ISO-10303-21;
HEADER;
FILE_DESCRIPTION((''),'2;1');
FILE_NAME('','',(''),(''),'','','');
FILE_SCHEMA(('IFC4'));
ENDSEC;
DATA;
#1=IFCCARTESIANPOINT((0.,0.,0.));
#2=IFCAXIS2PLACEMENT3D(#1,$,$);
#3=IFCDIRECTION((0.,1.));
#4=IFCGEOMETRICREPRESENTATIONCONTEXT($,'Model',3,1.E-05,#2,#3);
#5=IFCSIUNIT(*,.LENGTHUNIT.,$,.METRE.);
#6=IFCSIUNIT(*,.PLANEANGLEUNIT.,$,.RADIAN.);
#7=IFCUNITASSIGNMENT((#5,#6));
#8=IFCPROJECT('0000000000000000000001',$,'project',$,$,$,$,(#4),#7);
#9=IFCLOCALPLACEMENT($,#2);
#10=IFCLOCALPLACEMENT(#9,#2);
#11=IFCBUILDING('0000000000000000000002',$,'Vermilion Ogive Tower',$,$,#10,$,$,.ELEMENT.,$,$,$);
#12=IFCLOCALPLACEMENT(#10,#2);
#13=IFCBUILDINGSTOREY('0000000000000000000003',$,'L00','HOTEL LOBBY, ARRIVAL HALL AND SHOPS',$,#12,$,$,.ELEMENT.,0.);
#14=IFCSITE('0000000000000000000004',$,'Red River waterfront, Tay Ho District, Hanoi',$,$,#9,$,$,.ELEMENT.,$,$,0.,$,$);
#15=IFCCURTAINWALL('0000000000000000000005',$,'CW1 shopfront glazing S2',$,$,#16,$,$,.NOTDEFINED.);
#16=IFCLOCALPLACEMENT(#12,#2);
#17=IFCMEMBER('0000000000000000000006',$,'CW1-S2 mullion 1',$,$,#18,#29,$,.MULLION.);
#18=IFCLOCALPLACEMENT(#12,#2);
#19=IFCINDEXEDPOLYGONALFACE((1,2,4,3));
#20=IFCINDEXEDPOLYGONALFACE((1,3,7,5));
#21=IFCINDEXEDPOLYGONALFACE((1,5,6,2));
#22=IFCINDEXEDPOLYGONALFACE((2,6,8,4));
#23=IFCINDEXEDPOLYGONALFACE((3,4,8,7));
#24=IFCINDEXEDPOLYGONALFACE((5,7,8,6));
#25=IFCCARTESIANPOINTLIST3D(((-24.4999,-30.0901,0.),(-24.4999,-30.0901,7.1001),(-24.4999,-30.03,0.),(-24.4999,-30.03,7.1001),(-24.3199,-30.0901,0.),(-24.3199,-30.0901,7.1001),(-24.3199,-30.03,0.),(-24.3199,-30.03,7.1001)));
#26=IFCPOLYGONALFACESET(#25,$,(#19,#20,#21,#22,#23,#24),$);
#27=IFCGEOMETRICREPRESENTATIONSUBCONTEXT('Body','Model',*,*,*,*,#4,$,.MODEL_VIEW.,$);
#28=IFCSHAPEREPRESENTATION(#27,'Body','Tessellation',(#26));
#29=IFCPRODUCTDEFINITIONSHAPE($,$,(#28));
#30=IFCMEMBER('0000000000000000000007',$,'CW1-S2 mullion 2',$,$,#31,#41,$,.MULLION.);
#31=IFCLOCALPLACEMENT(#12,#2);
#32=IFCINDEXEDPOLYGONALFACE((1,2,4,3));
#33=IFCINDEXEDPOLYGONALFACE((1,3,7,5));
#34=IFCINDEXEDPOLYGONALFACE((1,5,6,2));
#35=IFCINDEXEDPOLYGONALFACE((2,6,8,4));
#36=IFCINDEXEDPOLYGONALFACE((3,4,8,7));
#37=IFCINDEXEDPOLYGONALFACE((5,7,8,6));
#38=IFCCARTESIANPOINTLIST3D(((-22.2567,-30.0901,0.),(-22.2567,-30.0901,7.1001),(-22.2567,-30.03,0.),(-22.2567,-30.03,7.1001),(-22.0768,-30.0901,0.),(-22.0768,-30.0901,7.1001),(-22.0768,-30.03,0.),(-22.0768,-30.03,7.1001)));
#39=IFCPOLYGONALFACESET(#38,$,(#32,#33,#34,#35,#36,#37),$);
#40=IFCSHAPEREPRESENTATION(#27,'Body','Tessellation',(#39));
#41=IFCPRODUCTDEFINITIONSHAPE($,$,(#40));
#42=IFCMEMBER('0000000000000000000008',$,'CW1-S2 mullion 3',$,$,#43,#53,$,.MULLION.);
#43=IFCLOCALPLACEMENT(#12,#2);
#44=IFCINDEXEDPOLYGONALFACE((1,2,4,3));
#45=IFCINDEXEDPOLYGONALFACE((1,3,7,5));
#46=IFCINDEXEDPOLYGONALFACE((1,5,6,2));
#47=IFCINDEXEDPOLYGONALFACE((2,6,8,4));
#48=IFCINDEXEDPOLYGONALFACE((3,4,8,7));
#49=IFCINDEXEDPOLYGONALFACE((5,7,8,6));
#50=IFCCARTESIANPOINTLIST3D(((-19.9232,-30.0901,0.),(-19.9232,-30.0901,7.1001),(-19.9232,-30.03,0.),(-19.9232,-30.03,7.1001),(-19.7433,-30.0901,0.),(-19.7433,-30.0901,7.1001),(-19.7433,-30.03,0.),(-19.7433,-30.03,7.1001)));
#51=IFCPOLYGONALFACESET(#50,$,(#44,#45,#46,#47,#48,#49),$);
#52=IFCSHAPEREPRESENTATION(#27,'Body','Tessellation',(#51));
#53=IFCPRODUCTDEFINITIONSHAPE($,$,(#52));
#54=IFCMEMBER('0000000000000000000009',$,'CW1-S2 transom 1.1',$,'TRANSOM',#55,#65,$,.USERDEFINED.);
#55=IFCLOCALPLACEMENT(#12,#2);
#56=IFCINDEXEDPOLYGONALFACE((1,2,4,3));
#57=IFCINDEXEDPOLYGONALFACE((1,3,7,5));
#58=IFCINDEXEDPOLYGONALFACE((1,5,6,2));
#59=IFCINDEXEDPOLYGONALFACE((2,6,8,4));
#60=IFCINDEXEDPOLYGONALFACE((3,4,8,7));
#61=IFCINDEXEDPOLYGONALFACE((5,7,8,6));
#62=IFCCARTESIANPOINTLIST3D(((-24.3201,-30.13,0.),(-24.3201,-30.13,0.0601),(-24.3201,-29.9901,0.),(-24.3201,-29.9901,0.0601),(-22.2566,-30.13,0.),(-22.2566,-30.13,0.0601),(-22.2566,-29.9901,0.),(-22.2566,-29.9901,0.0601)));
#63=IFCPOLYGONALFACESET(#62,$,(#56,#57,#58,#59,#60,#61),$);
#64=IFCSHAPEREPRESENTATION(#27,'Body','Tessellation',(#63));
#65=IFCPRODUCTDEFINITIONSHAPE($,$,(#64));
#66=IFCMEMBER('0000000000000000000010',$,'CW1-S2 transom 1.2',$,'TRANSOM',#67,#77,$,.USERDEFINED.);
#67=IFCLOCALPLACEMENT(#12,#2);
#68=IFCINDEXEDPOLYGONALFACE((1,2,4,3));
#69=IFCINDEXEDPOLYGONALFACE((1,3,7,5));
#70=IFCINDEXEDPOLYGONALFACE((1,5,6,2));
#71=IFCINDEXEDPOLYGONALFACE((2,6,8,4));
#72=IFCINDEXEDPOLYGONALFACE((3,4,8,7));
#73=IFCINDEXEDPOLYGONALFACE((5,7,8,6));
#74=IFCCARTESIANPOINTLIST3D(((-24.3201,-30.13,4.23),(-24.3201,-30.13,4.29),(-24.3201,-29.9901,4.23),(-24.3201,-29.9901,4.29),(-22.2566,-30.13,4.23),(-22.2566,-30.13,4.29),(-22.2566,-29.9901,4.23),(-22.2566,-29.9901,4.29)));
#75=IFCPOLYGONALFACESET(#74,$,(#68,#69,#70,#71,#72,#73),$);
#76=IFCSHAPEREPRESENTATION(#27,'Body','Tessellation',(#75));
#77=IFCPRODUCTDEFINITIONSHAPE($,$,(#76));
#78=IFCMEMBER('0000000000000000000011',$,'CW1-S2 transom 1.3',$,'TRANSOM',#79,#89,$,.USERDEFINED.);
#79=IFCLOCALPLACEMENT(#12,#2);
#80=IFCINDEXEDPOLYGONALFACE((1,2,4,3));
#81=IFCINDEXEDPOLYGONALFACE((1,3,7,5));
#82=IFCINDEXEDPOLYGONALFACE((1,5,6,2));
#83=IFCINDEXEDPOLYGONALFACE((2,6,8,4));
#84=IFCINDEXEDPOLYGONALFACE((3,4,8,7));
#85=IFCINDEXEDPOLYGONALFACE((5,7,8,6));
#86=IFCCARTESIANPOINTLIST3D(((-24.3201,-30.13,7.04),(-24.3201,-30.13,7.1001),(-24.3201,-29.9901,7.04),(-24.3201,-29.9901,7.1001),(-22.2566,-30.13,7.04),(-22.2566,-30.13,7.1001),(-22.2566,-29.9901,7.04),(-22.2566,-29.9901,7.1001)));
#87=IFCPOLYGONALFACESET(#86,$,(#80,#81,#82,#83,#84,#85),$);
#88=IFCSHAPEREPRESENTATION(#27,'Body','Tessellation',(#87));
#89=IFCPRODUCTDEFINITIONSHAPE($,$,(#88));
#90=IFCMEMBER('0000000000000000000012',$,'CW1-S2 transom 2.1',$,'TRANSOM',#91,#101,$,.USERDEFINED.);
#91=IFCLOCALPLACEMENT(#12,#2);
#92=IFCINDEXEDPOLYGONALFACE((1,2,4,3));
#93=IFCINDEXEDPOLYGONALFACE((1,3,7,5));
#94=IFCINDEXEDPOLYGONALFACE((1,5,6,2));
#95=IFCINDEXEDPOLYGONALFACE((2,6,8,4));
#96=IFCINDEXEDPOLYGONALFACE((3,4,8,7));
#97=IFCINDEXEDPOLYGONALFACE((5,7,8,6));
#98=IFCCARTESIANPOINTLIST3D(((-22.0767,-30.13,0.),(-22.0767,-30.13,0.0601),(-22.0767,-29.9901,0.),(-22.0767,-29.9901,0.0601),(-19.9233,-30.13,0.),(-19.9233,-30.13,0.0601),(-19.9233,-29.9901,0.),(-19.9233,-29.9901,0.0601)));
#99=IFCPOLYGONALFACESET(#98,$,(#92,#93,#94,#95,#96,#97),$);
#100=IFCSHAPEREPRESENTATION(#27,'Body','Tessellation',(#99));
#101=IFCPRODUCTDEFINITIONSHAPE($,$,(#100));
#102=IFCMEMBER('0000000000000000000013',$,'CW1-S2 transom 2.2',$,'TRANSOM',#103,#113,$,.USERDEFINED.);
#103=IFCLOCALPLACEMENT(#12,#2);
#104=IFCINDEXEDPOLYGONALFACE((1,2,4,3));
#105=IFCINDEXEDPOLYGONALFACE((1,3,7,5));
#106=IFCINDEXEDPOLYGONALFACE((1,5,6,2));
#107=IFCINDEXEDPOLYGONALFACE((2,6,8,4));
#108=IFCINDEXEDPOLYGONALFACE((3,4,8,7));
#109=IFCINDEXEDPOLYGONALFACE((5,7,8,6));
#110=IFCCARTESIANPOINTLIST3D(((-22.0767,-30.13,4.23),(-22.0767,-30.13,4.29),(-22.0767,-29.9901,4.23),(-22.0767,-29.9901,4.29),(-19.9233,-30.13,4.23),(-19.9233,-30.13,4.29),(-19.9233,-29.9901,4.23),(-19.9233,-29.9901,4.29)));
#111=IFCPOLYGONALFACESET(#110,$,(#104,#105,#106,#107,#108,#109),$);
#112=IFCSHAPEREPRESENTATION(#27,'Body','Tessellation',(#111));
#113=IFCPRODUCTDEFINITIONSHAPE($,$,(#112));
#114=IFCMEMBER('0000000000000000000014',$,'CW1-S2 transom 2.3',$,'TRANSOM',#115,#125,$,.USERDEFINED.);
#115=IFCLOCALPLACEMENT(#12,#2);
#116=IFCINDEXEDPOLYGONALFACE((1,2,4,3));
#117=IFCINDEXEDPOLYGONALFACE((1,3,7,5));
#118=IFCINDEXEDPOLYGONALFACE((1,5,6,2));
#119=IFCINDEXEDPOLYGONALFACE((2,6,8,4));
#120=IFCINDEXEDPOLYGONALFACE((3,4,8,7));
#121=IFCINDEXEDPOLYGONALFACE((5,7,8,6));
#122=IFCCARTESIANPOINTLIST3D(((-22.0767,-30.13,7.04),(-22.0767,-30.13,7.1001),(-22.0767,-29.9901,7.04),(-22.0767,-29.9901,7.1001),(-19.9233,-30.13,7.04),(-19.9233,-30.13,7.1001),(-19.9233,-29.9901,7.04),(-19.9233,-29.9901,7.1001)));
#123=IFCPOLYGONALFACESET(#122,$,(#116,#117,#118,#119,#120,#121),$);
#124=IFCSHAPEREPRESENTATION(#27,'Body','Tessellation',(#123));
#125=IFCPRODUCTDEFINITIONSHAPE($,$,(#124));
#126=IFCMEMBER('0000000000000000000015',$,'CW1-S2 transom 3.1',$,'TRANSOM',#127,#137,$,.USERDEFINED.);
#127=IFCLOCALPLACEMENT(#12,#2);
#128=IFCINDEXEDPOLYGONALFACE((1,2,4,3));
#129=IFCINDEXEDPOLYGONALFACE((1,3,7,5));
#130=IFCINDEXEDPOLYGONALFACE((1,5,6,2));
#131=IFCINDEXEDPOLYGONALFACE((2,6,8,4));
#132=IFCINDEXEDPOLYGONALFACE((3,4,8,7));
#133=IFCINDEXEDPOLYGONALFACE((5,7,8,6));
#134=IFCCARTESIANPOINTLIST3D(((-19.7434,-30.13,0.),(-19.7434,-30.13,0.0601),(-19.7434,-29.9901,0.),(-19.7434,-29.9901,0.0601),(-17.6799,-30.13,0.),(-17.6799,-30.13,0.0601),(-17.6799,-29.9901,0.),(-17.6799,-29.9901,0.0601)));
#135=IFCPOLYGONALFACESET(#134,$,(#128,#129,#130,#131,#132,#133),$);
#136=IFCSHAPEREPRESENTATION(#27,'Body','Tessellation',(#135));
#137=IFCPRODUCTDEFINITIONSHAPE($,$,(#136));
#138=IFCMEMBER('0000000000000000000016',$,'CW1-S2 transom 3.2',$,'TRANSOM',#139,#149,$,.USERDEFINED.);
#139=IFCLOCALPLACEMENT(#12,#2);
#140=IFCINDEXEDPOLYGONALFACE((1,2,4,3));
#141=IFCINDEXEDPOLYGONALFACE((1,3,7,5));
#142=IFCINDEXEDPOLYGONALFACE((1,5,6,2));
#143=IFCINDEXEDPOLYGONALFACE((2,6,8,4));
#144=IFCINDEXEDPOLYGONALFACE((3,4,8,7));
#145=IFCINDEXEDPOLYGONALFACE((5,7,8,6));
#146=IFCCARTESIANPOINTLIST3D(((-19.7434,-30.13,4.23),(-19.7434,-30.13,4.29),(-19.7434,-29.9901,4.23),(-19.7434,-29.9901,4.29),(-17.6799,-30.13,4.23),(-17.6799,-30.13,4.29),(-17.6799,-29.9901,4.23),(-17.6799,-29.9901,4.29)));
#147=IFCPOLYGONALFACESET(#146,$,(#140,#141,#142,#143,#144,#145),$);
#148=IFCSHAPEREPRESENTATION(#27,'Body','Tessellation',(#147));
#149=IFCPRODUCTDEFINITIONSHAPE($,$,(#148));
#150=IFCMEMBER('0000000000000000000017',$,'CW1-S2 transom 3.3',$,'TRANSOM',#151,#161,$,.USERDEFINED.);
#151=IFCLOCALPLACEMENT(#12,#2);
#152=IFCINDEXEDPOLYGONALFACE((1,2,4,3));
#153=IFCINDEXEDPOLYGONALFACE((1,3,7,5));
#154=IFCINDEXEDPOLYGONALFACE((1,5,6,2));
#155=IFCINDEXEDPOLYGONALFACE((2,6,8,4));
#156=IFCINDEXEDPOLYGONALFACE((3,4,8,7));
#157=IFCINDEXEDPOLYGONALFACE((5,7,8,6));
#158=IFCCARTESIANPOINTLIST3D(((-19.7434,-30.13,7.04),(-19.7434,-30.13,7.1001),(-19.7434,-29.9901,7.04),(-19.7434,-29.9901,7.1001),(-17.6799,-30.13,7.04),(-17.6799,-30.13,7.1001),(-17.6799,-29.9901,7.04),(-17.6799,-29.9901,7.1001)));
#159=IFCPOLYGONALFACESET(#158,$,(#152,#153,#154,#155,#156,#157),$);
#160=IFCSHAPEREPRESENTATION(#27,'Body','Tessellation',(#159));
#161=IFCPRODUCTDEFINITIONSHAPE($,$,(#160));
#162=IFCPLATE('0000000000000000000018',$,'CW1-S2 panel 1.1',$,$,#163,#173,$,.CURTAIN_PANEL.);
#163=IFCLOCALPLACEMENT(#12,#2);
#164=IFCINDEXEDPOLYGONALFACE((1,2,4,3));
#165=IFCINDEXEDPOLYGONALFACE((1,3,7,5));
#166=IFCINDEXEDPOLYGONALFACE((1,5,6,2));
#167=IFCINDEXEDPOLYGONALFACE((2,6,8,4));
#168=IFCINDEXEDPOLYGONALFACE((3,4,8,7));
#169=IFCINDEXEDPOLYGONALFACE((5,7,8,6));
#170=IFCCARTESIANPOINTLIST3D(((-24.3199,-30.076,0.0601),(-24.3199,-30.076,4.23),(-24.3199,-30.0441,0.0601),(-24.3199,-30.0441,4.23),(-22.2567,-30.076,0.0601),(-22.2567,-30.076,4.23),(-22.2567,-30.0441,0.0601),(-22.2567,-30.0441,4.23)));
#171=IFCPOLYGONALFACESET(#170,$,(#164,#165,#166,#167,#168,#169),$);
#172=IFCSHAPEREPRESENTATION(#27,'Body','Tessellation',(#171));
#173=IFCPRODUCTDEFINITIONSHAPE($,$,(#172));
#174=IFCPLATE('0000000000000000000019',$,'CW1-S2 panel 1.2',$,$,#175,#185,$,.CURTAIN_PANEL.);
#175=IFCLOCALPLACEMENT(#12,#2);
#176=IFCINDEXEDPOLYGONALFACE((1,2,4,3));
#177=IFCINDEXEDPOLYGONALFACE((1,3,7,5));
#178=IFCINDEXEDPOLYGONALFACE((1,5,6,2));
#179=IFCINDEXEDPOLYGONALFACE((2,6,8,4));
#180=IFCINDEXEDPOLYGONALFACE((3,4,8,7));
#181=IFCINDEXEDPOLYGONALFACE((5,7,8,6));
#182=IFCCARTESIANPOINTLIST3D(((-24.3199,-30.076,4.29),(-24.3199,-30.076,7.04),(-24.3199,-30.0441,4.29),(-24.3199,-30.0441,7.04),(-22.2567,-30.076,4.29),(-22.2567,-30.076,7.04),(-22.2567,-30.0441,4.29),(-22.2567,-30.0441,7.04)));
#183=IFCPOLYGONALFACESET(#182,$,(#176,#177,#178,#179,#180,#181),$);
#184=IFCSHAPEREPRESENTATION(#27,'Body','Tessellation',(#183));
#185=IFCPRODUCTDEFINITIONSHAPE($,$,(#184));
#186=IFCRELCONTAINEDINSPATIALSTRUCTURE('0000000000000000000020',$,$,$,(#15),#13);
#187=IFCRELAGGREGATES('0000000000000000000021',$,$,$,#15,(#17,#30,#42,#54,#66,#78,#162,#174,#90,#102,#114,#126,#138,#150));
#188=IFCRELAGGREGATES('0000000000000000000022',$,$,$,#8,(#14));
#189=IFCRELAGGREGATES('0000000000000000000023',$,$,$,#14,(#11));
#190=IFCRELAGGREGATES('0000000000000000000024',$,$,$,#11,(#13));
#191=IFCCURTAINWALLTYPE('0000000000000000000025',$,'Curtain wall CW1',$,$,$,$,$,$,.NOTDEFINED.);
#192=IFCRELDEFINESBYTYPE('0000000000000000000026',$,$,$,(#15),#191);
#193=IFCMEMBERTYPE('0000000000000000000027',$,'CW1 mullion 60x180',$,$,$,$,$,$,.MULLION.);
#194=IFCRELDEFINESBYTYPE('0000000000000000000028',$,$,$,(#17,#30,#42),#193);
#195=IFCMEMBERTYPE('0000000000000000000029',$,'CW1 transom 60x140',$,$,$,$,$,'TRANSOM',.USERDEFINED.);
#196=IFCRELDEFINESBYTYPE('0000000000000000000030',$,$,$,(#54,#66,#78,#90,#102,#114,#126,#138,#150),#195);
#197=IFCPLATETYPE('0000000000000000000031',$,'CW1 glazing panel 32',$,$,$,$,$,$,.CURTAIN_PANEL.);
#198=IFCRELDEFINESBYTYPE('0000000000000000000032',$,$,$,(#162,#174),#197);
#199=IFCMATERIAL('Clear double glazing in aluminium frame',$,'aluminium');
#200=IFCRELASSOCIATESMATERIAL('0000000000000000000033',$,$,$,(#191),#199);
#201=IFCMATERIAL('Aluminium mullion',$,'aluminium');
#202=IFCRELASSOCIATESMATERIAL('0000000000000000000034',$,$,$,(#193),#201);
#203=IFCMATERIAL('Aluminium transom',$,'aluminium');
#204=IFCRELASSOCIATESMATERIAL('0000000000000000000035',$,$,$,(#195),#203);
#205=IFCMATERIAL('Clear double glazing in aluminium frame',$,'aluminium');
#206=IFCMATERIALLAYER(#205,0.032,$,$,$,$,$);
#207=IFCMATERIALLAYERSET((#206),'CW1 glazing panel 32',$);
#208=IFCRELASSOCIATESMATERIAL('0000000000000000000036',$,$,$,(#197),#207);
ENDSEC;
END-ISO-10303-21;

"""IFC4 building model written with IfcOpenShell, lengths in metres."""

from ifc_helpers import new_model, si_unit, direction, frame, origin, origin_2d, place, context, subcontext, project, spatial, rectangle, extrude, material, layer, layer_set, material_profile, profile_set, type_object, element, aggregate, save


model = new_model("IFC4")

# Units and contexts
model_context = context("Model", 3, precision=1e-05, world=origin(), true_north=direction((0.0, 1.0)))
body_context = subcontext(model_context, "Body", "Model", "MODEL_VIEW")
ifc_project = project(units=[si_unit("LENGTHUNIT", "METRE"), si_unit("PLANEANGLEUNIT", "RADIAN")], contexts=[model_context])

# Site, building, storey
site_placement = place(None, origin())
site = spatial("IfcSite", under=ifc_project, at=site_placement, Name="Red River waterfront, Tay Ho District, Hanoi", CompositionType="ELEMENT", RefElevation=0.0)
building_placement = place(site_placement, origin())
building = spatial("IfcBuilding", under=site, at=building_placement, Name="Vermilion Ogive Tower", CompositionType="ELEMENT")
storey_placement = place(building_placement, origin())
storey = spatial("IfcBuildingStorey", under=building, at=storey_placement, Name="L00", Description="HOTEL LOBBY, ARRIVAL HALL AND SHOPS", CompositionType="ELEMENT", Elevation=0.0)

# Curtain wall, members, plates
ifc_material_1 = material(Name="Clear double glazing in aluminium frame", Category="aluminium")
curtain_wall_type = type_object("IfcCurtainWallType", Name="Curtain wall CW1", PredefinedType="NOTDEFINED", material=ifc_material_1)
curtain_wall_placement = place(storey_placement, origin())
curtain_wall = element("IfcCurtainWall", 1, at=curtain_wall_placement, inside=storey, type_object=curtain_wall_type, Name="CW1 shopfront glazing S2", PredefinedType="NOTDEFINED")
ifc_material_2 = material(Name="Aluminium mullion", Category="aluminium")
ifc_material_profile_1 = material_profile(ifc_material_2, rectangle(XDim=0.0601, YDim=0.1799, at=origin_2d()), Name="AL 60x180")
ifc_profile_set_1 = profile_set([ifc_material_profile_1], Name="Aluminium mullion")
member_type_1 = type_object("IfcMemberType", Name="CW1 mullion 60x180", PredefinedType="MULLION", material=ifc_profile_set_1)
member_1_placement = place(storey_placement, frame((-24.4099, -30.0601, 0.0), z_axis=(0.0, 0.0, 1.0), x_axis=(0.0, 1.0, 0.0)))
member_1 = element("IfcMember", 2, at=member_1_placement, type_object=member_type_1, Name="CW1-S2 mullion 1", PredefinedType="MULLION", context=body_context, shape_type="SweptSolid", body=[
    extrude(rectangle(XDim=0.0601, YDim=0.1799, at=origin_2d()), origin(), (0.0, 0.0, 1.0), 7.1001),
])
member_2_placement = place(storey_placement, frame((-22.1667, -30.0601, 0.0), z_axis=(0.0, 0.0, 1.0), x_axis=(0.0, 1.0, 0.0)))
member_2 = element("IfcMember", 3, at=member_2_placement, type_object=member_type_1, Name="CW1-S2 mullion 2", PredefinedType="MULLION", context=body_context, shape_type="SweptSolid", body=[
    extrude(rectangle(XDim=0.0601, YDim=0.1799, at=origin_2d()), origin(), (0.0, 0.0, 1.0), 7.1001),
])
member_3_placement = place(storey_placement, frame((-19.8333, -30.0601, 0.0), z_axis=(0.0, 0.0, 1.0), x_axis=(0.0, 1.0, 0.0)))
member_3 = element("IfcMember", 4, at=member_3_placement, type_object=member_type_1, Name="CW1-S2 mullion 3", PredefinedType="MULLION", context=body_context, shape_type="SweptSolid", body=[
    extrude(rectangle(XDim=0.0601, YDim=0.1799, at=origin_2d()), origin(), (0.0, 0.0, 1.0), 7.1001),
])
ifc_material_3 = material(Name="Aluminium transom", Category="aluminium")
ifc_material_profile_2 = material_profile(ifc_material_3, rectangle(XDim=0.1399, YDim=0.0601, at=origin_2d()), Name="AL 60x140")
ifc_profile_set_2 = profile_set([ifc_material_profile_2], Name="Aluminium transom")
member_type_2 = type_object("IfcMemberType", Name="CW1 transom 60x140", ElementType="TRANSOM", PredefinedType="USERDEFINED", material=ifc_profile_set_2)
member_4_placement = place(storey_placement, frame((-24.3201, -30.0601, 0.03), z_axis=(1.0, 0.0, 0.0), x_axis=(0.0, 1.0, 0.0)))
member_4 = element("IfcMember", 5, at=member_4_placement, type_object=member_type_2, Name="CW1-S2 transom 1.1", ObjectType="TRANSOM", PredefinedType="USERDEFINED", context=body_context, shape_type="SweptSolid", body=[
    extrude(rectangle(XDim=0.1399, YDim=0.0601, at=origin_2d()), origin(), (0.0, 0.0, 1.0), 2.0635),
])
member_5_placement = place(storey_placement, frame((-24.3201, -30.0601, 4.26), z_axis=(1.0, 0.0, 0.0), x_axis=(0.0, 1.0, 0.0)))
member_5 = element("IfcMember", 6, at=member_5_placement, type_object=member_type_2, Name="CW1-S2 transom 1.2", ObjectType="TRANSOM", PredefinedType="USERDEFINED", context=body_context, shape_type="SweptSolid", body=[
    extrude(rectangle(XDim=0.1399, YDim=0.0601, at=origin_2d()), origin(), (0.0, 0.0, 1.0), 2.0635),
])
member_6_placement = place(storey_placement, frame((-24.3201, -30.0601, 7.0701), z_axis=(1.0, 0.0, 0.0), x_axis=(0.0, 1.0, 0.0)))
member_6 = element("IfcMember", 7, at=member_6_placement, type_object=member_type_2, Name="CW1-S2 transom 1.3", ObjectType="TRANSOM", PredefinedType="USERDEFINED", context=body_context, shape_type="SweptSolid", body=[
    extrude(rectangle(XDim=0.1399, YDim=0.0601, at=origin_2d()), origin(), (0.0, 0.0, 1.0), 2.0635),
])
member_7_placement = place(storey_placement, frame((-22.0767, -30.0601, 0.03), z_axis=(1.0, 0.0, 0.0), x_axis=(0.0, 1.0, 0.0)))
member_7 = element("IfcMember", 8, at=member_7_placement, type_object=member_type_2, Name="CW1-S2 transom 2.1", ObjectType="TRANSOM", PredefinedType="USERDEFINED", context=body_context, shape_type="SweptSolid", body=[
    extrude(rectangle(XDim=0.1399, YDim=0.0601, at=origin_2d()), origin(), (0.0, 0.0, 1.0), 2.1533),
])
member_8_placement = place(storey_placement, frame((-22.0767, -30.0601, 4.26), z_axis=(1.0, 0.0, 0.0), x_axis=(0.0, 1.0, 0.0)))
member_8 = element("IfcMember", 9, at=member_8_placement, type_object=member_type_2, Name="CW1-S2 transom 2.2", ObjectType="TRANSOM", PredefinedType="USERDEFINED", context=body_context, shape_type="SweptSolid", body=[
    extrude(rectangle(XDim=0.1399, YDim=0.0601, at=origin_2d()), origin(), (0.0, 0.0, 1.0), 2.1533),
])
member_9_placement = place(storey_placement, frame((-22.0767, -30.0601, 7.0701), z_axis=(1.0, 0.0, 0.0), x_axis=(0.0, 1.0, 0.0)))
member_9 = element("IfcMember", 10, at=member_9_placement, type_object=member_type_2, Name="CW1-S2 transom 2.3", ObjectType="TRANSOM", PredefinedType="USERDEFINED", context=body_context, shape_type="SweptSolid", body=[
    extrude(rectangle(XDim=0.1399, YDim=0.0601, at=origin_2d()), origin(), (0.0, 0.0, 1.0), 2.1533),
])
member_10_placement = place(storey_placement, frame((-19.7434, -30.0601, 0.03), z_axis=(1.0, 0.0, 0.0), x_axis=(0.0, 1.0, 0.0)))
member_10 = element("IfcMember", 11, at=member_10_placement, type_object=member_type_2, Name="CW1-S2 transom 3.1", ObjectType="TRANSOM", PredefinedType="USERDEFINED", context=body_context, shape_type="SweptSolid", body=[
    extrude(rectangle(XDim=0.1399, YDim=0.0601, at=origin_2d()), origin(), (0.0, 0.0, 1.0), 2.0635),
])
member_11_placement = place(storey_placement, frame((-19.7434, -30.0601, 4.26), z_axis=(1.0, 0.0, 0.0), x_axis=(0.0, 1.0, 0.0)))
member_11 = element("IfcMember", 12, at=member_11_placement, type_object=member_type_2, Name="CW1-S2 transom 3.2", ObjectType="TRANSOM", PredefinedType="USERDEFINED", context=body_context, shape_type="SweptSolid", body=[
    extrude(rectangle(XDim=0.1399, YDim=0.0601, at=origin_2d()), origin(), (0.0, 0.0, 1.0), 2.0635),
])
member_12_placement = place(storey_placement, frame((-19.7434, -30.0601, 7.0701), z_axis=(1.0, 0.0, 0.0), x_axis=(0.0, 1.0, 0.0)))
member_12 = element("IfcMember", 13, at=member_12_placement, type_object=member_type_2, Name="CW1-S2 transom 3.3", ObjectType="TRANSOM", PredefinedType="USERDEFINED", context=body_context, shape_type="SweptSolid", body=[
    extrude(rectangle(XDim=0.1399, YDim=0.0601, at=origin_2d()), origin(), (0.0, 0.0, 1.0), 2.0635),
])
ifc_material_4 = material(Name="Clear double glazing in aluminium frame", Category="aluminium")
ifc_layer_1 = layer(ifc_material_4, 0.032)
ifc_layer_set_1 = layer_set([ifc_layer_1], Name="CW1 glazing panel 32")
plate_type = type_object("IfcPlateType", Name="CW1 glazing panel 32", PredefinedType="CURTAIN_PANEL", material=ifc_layer_set_1)
plate_1_placement = place(storey_placement, frame((-23.2883, -30.0601, 0.0601), z_axis=(0.0, 0.0, 1.0), x_axis=(1.0, 0.0, 0.0)))
plate_1 = element("IfcPlate", 14, at=plate_1_placement, type_object=plate_type, Name="CW1-S2 panel 1.1", PredefinedType="CURTAIN_PANEL", context=body_context, shape_type="SweptSolid", body=[
    extrude(rectangle(XDim=2.0632, YDim=0.032, at=origin_2d()), origin(), (0.0, 0.0, 1.0), 4.1699),
])
plate_2_placement = place(storey_placement, frame((-23.2883, -30.0601, 4.29), z_axis=(0.0, 0.0, 1.0), x_axis=(1.0, 0.0, 0.0)))
plate_2 = element("IfcPlate", 15, at=plate_2_placement, type_object=plate_type, Name="CW1-S2 panel 1.2", PredefinedType="CURTAIN_PANEL", context=body_context, shape_type="SweptSolid", body=[
    extrude(rectangle(XDim=2.0632, YDim=0.032, at=origin_2d()), origin(), (0.0, 0.0, 1.0), 2.75),
])
aggregate(curtain_wall, [member_1, member_2, member_3, member_4, member_5, member_6, plate_1, plate_2, member_7, member_8, member_9, member_10, member_11, member_12])

save(model, "model.ifc")
